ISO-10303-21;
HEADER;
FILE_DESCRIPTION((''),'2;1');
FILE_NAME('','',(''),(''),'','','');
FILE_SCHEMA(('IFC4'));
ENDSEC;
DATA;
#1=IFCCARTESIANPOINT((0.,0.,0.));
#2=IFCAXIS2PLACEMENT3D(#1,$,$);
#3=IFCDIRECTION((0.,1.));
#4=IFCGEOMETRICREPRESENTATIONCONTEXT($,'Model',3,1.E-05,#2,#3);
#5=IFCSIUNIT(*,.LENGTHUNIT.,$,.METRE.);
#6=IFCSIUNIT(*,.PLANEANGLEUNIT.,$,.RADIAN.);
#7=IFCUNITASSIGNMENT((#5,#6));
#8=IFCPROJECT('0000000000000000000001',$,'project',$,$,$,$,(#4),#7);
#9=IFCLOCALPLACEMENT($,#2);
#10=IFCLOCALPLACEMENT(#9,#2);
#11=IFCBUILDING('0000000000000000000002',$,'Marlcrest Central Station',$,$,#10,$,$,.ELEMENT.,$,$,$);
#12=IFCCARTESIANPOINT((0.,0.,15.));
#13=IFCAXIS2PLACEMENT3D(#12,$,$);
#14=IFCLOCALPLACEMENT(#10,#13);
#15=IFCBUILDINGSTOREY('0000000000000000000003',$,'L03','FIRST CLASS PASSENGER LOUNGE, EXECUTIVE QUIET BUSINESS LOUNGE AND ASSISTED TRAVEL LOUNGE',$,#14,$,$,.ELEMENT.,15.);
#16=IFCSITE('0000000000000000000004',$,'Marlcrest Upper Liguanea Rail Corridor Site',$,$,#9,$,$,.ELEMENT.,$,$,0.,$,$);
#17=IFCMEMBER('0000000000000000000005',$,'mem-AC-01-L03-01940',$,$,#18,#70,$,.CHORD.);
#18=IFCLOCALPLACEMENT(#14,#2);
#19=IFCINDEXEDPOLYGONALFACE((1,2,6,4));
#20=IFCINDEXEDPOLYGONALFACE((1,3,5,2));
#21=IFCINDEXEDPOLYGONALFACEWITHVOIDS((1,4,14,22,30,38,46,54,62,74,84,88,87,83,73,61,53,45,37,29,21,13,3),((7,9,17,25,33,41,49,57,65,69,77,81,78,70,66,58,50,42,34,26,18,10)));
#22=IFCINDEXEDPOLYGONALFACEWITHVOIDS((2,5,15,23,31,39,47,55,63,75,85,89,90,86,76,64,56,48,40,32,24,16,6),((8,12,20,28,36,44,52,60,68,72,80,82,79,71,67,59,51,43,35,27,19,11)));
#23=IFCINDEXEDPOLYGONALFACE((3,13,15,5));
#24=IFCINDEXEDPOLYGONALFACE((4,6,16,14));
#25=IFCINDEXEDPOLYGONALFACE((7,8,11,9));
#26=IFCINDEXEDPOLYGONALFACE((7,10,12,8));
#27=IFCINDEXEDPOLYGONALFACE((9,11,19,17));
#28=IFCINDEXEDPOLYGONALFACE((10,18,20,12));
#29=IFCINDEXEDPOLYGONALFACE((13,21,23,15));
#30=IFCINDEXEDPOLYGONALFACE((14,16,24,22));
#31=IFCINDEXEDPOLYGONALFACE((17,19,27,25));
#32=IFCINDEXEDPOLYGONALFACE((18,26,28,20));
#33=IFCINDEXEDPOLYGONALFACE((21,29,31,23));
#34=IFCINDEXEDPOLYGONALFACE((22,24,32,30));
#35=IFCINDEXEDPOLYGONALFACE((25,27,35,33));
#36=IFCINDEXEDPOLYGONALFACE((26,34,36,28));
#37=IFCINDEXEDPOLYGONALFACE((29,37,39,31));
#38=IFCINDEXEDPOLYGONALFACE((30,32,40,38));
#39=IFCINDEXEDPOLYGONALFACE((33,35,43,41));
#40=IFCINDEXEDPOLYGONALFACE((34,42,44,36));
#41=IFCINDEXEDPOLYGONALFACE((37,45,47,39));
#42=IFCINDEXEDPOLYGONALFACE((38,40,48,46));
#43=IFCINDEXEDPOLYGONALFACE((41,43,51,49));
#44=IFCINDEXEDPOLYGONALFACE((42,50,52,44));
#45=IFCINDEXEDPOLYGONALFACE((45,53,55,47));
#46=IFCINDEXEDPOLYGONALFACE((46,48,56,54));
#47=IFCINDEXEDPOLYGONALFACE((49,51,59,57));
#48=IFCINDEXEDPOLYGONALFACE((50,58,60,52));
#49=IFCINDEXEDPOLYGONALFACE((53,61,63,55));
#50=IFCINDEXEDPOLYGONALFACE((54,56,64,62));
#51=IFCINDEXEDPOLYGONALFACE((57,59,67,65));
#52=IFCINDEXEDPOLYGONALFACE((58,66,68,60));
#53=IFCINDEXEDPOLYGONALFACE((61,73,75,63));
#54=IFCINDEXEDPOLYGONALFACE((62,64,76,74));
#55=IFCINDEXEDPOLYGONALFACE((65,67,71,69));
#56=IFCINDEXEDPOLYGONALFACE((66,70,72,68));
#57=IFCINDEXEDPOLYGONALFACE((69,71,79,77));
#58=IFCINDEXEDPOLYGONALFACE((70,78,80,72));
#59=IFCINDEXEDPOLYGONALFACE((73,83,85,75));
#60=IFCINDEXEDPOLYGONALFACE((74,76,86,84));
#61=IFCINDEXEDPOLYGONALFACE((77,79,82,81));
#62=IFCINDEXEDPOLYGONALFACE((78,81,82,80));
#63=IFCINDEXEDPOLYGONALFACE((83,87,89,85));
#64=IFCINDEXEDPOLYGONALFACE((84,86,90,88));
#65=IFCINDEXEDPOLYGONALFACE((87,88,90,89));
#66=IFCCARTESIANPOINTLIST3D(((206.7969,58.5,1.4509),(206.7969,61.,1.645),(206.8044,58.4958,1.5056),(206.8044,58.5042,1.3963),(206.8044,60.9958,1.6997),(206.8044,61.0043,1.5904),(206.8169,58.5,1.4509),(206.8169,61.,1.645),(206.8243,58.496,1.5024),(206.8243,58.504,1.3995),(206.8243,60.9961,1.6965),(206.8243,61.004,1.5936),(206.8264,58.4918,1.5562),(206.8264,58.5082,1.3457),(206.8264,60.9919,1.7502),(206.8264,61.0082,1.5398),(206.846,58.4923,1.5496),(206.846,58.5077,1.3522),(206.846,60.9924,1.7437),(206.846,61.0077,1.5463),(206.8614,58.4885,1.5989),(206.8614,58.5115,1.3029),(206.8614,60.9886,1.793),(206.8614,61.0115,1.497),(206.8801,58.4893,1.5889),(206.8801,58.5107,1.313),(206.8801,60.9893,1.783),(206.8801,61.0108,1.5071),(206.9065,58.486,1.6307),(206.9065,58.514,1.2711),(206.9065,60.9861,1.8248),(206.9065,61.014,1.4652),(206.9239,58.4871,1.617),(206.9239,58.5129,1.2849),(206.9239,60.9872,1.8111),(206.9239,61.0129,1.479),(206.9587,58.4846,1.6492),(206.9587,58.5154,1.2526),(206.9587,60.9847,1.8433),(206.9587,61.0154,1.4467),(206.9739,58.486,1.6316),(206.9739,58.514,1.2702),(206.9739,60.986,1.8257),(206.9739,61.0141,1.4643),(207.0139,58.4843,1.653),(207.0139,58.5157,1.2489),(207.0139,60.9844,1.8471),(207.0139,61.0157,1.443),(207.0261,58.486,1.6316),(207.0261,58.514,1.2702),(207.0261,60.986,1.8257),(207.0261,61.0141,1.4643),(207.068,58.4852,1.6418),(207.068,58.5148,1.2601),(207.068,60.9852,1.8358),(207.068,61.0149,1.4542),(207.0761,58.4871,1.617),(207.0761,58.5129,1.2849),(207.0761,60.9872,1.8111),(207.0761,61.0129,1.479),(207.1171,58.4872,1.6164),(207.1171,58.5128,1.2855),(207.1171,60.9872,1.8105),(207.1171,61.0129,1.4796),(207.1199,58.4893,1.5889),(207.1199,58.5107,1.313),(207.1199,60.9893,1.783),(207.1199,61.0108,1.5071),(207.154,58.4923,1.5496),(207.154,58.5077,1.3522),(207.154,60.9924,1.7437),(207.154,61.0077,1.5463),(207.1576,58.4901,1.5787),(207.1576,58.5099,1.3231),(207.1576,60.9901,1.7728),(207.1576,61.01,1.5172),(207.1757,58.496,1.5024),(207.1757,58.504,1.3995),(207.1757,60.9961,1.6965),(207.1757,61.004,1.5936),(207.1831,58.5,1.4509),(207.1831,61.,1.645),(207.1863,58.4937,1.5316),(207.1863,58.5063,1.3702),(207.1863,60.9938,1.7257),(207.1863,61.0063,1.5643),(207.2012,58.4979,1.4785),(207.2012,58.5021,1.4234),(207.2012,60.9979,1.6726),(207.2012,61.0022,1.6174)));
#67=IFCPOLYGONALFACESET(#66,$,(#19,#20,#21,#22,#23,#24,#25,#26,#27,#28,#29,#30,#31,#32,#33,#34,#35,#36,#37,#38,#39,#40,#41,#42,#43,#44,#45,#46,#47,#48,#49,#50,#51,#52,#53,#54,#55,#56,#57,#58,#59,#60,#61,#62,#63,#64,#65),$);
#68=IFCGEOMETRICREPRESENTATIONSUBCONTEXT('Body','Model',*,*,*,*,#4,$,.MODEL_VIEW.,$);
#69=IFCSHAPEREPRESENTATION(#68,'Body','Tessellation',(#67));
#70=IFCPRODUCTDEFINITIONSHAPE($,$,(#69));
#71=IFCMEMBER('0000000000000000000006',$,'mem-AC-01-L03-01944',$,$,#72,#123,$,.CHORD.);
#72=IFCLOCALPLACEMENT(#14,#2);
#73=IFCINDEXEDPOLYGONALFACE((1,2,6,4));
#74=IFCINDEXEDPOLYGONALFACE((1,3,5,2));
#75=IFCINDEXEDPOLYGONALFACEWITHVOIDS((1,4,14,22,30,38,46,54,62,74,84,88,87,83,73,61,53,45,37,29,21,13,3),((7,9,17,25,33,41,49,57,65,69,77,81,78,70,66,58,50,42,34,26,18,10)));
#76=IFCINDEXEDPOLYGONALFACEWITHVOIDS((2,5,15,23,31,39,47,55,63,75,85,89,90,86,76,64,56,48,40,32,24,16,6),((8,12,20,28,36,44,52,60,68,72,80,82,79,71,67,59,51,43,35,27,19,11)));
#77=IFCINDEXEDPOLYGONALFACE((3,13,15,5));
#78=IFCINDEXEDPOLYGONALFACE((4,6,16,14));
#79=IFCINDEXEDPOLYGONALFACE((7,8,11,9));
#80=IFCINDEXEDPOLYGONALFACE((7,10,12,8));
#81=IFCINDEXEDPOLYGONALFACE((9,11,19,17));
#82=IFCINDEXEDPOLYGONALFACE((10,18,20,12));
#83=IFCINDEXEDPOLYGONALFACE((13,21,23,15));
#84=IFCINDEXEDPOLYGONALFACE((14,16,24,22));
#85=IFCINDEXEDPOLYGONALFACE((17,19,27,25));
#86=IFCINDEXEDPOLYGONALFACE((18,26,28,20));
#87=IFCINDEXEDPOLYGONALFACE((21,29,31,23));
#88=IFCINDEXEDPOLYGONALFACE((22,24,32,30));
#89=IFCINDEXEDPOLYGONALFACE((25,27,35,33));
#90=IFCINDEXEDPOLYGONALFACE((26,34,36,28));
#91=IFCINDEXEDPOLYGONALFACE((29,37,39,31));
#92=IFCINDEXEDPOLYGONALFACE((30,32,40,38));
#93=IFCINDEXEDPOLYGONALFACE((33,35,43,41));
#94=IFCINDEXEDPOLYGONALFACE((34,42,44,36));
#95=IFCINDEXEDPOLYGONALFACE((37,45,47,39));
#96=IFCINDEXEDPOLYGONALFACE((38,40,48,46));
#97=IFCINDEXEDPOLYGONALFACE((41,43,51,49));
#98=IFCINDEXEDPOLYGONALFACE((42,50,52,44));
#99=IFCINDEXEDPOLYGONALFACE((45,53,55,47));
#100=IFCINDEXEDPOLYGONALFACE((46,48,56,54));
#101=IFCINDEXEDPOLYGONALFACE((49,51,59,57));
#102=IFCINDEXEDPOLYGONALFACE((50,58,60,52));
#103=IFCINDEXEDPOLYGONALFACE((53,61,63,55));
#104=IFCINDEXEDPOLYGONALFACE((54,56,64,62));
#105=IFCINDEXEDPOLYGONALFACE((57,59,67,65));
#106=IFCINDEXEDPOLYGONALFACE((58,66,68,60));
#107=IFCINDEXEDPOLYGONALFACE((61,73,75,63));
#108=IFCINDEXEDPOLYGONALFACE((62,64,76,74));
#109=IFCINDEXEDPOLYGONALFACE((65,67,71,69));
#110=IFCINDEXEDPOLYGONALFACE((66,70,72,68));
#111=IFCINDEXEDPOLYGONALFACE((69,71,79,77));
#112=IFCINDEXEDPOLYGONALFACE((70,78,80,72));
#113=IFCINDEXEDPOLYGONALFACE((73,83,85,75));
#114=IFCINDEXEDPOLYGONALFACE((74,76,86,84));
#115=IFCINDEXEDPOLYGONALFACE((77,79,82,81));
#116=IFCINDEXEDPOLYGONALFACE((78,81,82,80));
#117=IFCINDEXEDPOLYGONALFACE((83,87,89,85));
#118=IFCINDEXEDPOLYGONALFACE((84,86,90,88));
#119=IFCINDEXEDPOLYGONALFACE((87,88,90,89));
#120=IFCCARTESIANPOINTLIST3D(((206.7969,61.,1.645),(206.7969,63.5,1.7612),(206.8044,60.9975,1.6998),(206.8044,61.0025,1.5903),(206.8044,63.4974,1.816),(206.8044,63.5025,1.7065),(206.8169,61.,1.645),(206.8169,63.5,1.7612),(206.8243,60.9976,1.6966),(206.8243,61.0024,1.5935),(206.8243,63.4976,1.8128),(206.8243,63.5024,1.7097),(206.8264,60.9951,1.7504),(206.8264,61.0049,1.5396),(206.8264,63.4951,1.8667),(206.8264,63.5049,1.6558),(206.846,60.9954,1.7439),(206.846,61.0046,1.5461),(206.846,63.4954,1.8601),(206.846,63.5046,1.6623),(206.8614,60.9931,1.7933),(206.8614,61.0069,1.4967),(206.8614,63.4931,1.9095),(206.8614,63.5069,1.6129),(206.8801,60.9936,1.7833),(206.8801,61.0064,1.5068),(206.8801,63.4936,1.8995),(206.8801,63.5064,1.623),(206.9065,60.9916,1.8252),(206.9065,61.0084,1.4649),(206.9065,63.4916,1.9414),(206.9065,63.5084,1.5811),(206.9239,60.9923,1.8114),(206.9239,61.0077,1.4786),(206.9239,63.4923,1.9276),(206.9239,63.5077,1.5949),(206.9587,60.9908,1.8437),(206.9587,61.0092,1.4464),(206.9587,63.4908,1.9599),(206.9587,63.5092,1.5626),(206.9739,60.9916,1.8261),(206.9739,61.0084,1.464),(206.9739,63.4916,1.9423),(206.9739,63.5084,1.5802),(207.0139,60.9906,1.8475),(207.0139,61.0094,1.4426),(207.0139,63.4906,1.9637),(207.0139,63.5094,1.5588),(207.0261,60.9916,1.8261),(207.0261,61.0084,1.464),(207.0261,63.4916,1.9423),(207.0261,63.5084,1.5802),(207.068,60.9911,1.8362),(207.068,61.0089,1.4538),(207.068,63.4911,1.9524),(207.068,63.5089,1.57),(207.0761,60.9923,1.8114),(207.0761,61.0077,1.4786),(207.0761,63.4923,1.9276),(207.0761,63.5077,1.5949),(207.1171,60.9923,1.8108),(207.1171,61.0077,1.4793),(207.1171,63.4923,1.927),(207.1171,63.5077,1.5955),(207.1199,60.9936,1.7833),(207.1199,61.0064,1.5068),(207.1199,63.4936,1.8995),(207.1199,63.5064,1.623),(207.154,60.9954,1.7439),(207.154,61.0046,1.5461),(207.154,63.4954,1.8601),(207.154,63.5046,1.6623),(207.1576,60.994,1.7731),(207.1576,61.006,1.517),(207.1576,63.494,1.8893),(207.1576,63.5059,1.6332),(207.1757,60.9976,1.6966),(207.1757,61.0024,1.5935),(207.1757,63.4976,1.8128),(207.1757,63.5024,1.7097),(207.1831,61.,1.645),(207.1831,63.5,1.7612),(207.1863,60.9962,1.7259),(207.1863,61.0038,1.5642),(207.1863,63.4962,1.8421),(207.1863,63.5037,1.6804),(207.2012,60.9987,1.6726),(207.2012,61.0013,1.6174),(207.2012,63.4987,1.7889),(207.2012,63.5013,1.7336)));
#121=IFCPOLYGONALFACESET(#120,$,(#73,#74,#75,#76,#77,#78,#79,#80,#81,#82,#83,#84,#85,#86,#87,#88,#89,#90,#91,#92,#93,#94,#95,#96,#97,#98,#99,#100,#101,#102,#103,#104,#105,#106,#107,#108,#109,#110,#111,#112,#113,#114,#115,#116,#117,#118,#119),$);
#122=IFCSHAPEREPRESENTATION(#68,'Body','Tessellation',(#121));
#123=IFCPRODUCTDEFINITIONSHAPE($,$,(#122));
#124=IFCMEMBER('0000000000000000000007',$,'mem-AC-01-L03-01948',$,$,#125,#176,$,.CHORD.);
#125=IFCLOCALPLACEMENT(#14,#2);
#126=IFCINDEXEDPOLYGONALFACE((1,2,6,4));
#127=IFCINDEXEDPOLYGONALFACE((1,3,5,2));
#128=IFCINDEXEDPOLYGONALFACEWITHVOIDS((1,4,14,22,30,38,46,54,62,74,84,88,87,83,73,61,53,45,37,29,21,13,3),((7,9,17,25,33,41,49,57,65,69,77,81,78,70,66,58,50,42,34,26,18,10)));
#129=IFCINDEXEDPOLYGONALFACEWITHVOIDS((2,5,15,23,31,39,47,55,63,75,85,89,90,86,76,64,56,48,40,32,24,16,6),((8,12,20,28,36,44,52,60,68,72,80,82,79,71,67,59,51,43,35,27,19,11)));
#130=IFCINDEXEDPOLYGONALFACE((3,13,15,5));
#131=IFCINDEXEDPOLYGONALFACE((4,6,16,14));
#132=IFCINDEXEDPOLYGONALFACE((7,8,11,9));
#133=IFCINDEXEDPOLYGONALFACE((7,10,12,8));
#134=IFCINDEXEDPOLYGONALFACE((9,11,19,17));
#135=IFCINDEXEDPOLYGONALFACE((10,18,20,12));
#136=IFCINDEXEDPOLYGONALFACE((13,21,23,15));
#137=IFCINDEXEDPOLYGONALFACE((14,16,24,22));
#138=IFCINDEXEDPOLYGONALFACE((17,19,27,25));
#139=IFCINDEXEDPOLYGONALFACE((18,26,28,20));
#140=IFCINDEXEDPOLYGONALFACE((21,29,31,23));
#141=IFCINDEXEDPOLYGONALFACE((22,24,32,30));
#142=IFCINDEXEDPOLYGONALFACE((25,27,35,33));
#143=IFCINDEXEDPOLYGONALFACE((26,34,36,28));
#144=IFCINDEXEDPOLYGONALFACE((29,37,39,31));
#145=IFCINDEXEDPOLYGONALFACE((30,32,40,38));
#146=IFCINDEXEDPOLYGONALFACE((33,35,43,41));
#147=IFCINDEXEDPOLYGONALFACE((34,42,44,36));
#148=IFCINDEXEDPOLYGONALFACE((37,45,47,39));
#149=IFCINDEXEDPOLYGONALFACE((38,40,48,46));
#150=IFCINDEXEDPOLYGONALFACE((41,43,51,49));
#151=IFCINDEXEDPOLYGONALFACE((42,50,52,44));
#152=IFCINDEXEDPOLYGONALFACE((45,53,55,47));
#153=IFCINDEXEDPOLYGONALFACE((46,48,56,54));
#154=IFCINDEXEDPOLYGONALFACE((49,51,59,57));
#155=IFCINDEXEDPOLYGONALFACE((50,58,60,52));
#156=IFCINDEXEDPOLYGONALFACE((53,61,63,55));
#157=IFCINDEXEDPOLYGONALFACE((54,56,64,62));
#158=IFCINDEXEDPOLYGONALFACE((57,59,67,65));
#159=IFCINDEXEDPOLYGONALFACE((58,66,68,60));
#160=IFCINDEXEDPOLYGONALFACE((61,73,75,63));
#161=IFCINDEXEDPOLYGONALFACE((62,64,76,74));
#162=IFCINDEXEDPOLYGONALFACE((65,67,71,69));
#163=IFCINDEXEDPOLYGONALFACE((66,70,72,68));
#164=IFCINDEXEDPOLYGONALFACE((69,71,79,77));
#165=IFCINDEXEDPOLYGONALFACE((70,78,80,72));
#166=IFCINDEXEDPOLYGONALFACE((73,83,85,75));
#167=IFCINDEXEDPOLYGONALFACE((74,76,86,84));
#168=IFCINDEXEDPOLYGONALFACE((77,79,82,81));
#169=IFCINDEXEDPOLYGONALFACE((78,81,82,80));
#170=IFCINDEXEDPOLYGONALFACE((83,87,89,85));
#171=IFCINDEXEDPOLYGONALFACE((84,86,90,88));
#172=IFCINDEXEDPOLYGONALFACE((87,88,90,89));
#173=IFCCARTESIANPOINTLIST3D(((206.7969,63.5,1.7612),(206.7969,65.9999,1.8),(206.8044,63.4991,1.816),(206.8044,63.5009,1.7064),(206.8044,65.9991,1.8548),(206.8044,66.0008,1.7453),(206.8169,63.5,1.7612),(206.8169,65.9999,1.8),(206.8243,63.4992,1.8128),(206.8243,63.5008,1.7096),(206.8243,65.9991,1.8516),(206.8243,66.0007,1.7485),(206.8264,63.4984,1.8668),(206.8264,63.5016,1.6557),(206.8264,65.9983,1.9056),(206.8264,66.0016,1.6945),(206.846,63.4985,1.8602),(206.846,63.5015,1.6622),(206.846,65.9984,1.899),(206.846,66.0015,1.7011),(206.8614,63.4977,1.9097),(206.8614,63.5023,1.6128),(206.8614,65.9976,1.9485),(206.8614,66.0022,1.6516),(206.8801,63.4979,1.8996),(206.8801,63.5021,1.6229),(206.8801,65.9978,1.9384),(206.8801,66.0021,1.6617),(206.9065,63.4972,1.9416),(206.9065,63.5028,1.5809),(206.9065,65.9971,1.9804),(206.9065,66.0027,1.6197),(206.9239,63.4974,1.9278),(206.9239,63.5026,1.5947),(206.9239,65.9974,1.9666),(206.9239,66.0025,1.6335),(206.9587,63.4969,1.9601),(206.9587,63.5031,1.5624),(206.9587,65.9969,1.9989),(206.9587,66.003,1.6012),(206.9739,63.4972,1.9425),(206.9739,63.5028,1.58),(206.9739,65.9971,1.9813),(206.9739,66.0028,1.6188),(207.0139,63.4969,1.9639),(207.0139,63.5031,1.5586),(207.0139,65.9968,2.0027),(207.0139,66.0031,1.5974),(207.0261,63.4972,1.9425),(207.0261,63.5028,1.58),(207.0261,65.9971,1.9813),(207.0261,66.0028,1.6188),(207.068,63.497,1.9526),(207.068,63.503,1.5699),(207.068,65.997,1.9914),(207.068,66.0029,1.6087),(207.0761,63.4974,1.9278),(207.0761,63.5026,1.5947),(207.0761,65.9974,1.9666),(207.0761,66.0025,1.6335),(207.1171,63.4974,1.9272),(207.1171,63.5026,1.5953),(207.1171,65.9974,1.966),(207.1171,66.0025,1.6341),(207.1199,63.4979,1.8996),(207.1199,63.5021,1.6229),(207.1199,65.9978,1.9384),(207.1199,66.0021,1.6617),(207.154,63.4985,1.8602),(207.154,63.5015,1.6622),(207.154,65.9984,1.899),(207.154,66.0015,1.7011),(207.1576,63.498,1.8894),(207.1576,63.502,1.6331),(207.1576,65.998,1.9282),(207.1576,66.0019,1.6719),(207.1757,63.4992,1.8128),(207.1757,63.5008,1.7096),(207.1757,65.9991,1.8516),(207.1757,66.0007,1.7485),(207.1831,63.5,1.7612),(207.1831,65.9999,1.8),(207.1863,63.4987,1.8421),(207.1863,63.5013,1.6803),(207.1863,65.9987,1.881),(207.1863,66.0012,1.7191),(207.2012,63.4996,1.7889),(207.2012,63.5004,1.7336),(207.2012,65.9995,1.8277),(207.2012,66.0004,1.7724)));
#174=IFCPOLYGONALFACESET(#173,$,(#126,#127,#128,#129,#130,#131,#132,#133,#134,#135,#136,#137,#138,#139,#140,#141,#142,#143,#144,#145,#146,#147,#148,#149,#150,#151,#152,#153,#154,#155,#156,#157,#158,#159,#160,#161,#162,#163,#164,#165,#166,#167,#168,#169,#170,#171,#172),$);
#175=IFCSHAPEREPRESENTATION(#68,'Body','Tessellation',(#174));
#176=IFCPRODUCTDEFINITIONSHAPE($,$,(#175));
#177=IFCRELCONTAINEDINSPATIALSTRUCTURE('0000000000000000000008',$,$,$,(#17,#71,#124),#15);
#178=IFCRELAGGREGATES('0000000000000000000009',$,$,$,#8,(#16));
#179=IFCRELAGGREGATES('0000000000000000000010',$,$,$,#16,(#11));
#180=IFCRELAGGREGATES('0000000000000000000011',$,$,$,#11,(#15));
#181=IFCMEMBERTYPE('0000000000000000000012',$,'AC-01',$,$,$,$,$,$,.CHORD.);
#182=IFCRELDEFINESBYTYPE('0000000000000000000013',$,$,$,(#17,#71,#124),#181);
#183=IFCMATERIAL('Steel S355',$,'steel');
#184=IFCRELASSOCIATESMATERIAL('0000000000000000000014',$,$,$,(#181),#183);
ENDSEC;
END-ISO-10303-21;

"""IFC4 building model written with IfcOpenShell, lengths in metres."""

from ifc_helpers import new_model, si_unit, direction, frame, origin, origin_2d, place, context, subcontext, project, spatial, hollow_circle, extrude, material, material_profile, profile_set, type_object, element, save


model = new_model("IFC4")

# Units and contexts
model_context = context("Model", 3, precision=1e-05, world=origin(), true_north=direction((0.0, 1.0)))
body_context = subcontext(model_context, "Body", "Model", "MODEL_VIEW")
ifc_project = project(units=[si_unit("LENGTHUNIT", "METRE"), si_unit("PLANEANGLEUNIT", "RADIAN")], contexts=[model_context])

# Site, building, storey
site_placement = place(None, origin())
site = spatial("IfcSite", under=ifc_project, at=site_placement, Name="Marlcrest Upper Liguanea Rail Corridor Site", CompositionType="ELEMENT", RefElevation=0.0)
building_placement = place(site_placement, origin())
building = spatial("IfcBuilding", under=site, at=building_placement, Name="Marlcrest Central Station", CompositionType="ELEMENT")
storey_placement = place(building_placement, frame((0.0, 0.0, 15.0)))
storey = spatial("IfcBuildingStorey", under=building, at=storey_placement, Name="L03", Description="FIRST CLASS PASSENGER LOUNGE, EXECUTIVE QUIET BUSINESS LOUNGE AND ASSISTED TRAVEL LOUNGE", CompositionType="ELEMENT", Elevation=15.0)

# Members
ifc_material_1 = material(Name="Steel S355", Category="steel")
ifc_material_profile_1 = material_profile(ifc_material_1, hollow_circle(Radius=0.2031, WallThickness=0.02, at=origin_2d()), Name="CHS 406.4x20")
ifc_profile_set_1 = profile_set([ifc_material_profile_1], Name="Steel S355")
member_type_1 = type_object("IfcMemberType", Name="AC-01", PredefinedType="CHORD", material=ifc_profile_set_1)
member_1_placement = place(storey_placement, frame((207.0, 58.5, 1.4509), z_axis=(0.0, 0.997, 0.077404), x_axis=(-1.0, 0.0, 0.0)))
element("IfcMember", 1, at=member_1_placement, inside=storey, type_object=member_type_1, Name="mem-AC-01-L03-01940", PredefinedType="CHORD", context=body_context, shape_type="SweptSolid", body=[
    extrude(hollow_circle(Radius=0.2031, WallThickness=0.02, at=origin_2d()), origin(), (0.0, 0.0, 1.0), 2.5076),
])
member_2_placement = place(storey_placement, frame((207.0, 61.0, 1.645), z_axis=(0.0, 0.998921, 0.046434), x_axis=(-1.0, 0.0, 0.0)))
element("IfcMember", 2, at=member_2_placement, inside=storey, type_object=member_type_1, Name="mem-AC-01-L03-01944", PredefinedType="CHORD", context=body_context, shape_type="SweptSolid", body=[
    extrude(hollow_circle(Radius=0.2031, WallThickness=0.02, at=origin_2d()), origin(), (0.0, 0.0, 1.0), 2.5027),
])
member_3_placement = place(storey_placement, frame((207.0, 63.5, 1.7612), z_axis=(0.0, 0.999879, 0.015525), x_axis=(-1.0, 0.0, 0.0)))
element("IfcMember", 3, at=member_3_placement, inside=storey, type_object=member_type_1, Name="mem-AC-01-L03-01948", PredefinedType="CHORD", context=body_context, shape_type="SweptSolid", body=[
    extrude(hollow_circle(Radius=0.2031, WallThickness=0.02, at=origin_2d()), origin(), (0.0, 0.0, 1.0), 2.5002),
])

save(model, "model.ifc")
